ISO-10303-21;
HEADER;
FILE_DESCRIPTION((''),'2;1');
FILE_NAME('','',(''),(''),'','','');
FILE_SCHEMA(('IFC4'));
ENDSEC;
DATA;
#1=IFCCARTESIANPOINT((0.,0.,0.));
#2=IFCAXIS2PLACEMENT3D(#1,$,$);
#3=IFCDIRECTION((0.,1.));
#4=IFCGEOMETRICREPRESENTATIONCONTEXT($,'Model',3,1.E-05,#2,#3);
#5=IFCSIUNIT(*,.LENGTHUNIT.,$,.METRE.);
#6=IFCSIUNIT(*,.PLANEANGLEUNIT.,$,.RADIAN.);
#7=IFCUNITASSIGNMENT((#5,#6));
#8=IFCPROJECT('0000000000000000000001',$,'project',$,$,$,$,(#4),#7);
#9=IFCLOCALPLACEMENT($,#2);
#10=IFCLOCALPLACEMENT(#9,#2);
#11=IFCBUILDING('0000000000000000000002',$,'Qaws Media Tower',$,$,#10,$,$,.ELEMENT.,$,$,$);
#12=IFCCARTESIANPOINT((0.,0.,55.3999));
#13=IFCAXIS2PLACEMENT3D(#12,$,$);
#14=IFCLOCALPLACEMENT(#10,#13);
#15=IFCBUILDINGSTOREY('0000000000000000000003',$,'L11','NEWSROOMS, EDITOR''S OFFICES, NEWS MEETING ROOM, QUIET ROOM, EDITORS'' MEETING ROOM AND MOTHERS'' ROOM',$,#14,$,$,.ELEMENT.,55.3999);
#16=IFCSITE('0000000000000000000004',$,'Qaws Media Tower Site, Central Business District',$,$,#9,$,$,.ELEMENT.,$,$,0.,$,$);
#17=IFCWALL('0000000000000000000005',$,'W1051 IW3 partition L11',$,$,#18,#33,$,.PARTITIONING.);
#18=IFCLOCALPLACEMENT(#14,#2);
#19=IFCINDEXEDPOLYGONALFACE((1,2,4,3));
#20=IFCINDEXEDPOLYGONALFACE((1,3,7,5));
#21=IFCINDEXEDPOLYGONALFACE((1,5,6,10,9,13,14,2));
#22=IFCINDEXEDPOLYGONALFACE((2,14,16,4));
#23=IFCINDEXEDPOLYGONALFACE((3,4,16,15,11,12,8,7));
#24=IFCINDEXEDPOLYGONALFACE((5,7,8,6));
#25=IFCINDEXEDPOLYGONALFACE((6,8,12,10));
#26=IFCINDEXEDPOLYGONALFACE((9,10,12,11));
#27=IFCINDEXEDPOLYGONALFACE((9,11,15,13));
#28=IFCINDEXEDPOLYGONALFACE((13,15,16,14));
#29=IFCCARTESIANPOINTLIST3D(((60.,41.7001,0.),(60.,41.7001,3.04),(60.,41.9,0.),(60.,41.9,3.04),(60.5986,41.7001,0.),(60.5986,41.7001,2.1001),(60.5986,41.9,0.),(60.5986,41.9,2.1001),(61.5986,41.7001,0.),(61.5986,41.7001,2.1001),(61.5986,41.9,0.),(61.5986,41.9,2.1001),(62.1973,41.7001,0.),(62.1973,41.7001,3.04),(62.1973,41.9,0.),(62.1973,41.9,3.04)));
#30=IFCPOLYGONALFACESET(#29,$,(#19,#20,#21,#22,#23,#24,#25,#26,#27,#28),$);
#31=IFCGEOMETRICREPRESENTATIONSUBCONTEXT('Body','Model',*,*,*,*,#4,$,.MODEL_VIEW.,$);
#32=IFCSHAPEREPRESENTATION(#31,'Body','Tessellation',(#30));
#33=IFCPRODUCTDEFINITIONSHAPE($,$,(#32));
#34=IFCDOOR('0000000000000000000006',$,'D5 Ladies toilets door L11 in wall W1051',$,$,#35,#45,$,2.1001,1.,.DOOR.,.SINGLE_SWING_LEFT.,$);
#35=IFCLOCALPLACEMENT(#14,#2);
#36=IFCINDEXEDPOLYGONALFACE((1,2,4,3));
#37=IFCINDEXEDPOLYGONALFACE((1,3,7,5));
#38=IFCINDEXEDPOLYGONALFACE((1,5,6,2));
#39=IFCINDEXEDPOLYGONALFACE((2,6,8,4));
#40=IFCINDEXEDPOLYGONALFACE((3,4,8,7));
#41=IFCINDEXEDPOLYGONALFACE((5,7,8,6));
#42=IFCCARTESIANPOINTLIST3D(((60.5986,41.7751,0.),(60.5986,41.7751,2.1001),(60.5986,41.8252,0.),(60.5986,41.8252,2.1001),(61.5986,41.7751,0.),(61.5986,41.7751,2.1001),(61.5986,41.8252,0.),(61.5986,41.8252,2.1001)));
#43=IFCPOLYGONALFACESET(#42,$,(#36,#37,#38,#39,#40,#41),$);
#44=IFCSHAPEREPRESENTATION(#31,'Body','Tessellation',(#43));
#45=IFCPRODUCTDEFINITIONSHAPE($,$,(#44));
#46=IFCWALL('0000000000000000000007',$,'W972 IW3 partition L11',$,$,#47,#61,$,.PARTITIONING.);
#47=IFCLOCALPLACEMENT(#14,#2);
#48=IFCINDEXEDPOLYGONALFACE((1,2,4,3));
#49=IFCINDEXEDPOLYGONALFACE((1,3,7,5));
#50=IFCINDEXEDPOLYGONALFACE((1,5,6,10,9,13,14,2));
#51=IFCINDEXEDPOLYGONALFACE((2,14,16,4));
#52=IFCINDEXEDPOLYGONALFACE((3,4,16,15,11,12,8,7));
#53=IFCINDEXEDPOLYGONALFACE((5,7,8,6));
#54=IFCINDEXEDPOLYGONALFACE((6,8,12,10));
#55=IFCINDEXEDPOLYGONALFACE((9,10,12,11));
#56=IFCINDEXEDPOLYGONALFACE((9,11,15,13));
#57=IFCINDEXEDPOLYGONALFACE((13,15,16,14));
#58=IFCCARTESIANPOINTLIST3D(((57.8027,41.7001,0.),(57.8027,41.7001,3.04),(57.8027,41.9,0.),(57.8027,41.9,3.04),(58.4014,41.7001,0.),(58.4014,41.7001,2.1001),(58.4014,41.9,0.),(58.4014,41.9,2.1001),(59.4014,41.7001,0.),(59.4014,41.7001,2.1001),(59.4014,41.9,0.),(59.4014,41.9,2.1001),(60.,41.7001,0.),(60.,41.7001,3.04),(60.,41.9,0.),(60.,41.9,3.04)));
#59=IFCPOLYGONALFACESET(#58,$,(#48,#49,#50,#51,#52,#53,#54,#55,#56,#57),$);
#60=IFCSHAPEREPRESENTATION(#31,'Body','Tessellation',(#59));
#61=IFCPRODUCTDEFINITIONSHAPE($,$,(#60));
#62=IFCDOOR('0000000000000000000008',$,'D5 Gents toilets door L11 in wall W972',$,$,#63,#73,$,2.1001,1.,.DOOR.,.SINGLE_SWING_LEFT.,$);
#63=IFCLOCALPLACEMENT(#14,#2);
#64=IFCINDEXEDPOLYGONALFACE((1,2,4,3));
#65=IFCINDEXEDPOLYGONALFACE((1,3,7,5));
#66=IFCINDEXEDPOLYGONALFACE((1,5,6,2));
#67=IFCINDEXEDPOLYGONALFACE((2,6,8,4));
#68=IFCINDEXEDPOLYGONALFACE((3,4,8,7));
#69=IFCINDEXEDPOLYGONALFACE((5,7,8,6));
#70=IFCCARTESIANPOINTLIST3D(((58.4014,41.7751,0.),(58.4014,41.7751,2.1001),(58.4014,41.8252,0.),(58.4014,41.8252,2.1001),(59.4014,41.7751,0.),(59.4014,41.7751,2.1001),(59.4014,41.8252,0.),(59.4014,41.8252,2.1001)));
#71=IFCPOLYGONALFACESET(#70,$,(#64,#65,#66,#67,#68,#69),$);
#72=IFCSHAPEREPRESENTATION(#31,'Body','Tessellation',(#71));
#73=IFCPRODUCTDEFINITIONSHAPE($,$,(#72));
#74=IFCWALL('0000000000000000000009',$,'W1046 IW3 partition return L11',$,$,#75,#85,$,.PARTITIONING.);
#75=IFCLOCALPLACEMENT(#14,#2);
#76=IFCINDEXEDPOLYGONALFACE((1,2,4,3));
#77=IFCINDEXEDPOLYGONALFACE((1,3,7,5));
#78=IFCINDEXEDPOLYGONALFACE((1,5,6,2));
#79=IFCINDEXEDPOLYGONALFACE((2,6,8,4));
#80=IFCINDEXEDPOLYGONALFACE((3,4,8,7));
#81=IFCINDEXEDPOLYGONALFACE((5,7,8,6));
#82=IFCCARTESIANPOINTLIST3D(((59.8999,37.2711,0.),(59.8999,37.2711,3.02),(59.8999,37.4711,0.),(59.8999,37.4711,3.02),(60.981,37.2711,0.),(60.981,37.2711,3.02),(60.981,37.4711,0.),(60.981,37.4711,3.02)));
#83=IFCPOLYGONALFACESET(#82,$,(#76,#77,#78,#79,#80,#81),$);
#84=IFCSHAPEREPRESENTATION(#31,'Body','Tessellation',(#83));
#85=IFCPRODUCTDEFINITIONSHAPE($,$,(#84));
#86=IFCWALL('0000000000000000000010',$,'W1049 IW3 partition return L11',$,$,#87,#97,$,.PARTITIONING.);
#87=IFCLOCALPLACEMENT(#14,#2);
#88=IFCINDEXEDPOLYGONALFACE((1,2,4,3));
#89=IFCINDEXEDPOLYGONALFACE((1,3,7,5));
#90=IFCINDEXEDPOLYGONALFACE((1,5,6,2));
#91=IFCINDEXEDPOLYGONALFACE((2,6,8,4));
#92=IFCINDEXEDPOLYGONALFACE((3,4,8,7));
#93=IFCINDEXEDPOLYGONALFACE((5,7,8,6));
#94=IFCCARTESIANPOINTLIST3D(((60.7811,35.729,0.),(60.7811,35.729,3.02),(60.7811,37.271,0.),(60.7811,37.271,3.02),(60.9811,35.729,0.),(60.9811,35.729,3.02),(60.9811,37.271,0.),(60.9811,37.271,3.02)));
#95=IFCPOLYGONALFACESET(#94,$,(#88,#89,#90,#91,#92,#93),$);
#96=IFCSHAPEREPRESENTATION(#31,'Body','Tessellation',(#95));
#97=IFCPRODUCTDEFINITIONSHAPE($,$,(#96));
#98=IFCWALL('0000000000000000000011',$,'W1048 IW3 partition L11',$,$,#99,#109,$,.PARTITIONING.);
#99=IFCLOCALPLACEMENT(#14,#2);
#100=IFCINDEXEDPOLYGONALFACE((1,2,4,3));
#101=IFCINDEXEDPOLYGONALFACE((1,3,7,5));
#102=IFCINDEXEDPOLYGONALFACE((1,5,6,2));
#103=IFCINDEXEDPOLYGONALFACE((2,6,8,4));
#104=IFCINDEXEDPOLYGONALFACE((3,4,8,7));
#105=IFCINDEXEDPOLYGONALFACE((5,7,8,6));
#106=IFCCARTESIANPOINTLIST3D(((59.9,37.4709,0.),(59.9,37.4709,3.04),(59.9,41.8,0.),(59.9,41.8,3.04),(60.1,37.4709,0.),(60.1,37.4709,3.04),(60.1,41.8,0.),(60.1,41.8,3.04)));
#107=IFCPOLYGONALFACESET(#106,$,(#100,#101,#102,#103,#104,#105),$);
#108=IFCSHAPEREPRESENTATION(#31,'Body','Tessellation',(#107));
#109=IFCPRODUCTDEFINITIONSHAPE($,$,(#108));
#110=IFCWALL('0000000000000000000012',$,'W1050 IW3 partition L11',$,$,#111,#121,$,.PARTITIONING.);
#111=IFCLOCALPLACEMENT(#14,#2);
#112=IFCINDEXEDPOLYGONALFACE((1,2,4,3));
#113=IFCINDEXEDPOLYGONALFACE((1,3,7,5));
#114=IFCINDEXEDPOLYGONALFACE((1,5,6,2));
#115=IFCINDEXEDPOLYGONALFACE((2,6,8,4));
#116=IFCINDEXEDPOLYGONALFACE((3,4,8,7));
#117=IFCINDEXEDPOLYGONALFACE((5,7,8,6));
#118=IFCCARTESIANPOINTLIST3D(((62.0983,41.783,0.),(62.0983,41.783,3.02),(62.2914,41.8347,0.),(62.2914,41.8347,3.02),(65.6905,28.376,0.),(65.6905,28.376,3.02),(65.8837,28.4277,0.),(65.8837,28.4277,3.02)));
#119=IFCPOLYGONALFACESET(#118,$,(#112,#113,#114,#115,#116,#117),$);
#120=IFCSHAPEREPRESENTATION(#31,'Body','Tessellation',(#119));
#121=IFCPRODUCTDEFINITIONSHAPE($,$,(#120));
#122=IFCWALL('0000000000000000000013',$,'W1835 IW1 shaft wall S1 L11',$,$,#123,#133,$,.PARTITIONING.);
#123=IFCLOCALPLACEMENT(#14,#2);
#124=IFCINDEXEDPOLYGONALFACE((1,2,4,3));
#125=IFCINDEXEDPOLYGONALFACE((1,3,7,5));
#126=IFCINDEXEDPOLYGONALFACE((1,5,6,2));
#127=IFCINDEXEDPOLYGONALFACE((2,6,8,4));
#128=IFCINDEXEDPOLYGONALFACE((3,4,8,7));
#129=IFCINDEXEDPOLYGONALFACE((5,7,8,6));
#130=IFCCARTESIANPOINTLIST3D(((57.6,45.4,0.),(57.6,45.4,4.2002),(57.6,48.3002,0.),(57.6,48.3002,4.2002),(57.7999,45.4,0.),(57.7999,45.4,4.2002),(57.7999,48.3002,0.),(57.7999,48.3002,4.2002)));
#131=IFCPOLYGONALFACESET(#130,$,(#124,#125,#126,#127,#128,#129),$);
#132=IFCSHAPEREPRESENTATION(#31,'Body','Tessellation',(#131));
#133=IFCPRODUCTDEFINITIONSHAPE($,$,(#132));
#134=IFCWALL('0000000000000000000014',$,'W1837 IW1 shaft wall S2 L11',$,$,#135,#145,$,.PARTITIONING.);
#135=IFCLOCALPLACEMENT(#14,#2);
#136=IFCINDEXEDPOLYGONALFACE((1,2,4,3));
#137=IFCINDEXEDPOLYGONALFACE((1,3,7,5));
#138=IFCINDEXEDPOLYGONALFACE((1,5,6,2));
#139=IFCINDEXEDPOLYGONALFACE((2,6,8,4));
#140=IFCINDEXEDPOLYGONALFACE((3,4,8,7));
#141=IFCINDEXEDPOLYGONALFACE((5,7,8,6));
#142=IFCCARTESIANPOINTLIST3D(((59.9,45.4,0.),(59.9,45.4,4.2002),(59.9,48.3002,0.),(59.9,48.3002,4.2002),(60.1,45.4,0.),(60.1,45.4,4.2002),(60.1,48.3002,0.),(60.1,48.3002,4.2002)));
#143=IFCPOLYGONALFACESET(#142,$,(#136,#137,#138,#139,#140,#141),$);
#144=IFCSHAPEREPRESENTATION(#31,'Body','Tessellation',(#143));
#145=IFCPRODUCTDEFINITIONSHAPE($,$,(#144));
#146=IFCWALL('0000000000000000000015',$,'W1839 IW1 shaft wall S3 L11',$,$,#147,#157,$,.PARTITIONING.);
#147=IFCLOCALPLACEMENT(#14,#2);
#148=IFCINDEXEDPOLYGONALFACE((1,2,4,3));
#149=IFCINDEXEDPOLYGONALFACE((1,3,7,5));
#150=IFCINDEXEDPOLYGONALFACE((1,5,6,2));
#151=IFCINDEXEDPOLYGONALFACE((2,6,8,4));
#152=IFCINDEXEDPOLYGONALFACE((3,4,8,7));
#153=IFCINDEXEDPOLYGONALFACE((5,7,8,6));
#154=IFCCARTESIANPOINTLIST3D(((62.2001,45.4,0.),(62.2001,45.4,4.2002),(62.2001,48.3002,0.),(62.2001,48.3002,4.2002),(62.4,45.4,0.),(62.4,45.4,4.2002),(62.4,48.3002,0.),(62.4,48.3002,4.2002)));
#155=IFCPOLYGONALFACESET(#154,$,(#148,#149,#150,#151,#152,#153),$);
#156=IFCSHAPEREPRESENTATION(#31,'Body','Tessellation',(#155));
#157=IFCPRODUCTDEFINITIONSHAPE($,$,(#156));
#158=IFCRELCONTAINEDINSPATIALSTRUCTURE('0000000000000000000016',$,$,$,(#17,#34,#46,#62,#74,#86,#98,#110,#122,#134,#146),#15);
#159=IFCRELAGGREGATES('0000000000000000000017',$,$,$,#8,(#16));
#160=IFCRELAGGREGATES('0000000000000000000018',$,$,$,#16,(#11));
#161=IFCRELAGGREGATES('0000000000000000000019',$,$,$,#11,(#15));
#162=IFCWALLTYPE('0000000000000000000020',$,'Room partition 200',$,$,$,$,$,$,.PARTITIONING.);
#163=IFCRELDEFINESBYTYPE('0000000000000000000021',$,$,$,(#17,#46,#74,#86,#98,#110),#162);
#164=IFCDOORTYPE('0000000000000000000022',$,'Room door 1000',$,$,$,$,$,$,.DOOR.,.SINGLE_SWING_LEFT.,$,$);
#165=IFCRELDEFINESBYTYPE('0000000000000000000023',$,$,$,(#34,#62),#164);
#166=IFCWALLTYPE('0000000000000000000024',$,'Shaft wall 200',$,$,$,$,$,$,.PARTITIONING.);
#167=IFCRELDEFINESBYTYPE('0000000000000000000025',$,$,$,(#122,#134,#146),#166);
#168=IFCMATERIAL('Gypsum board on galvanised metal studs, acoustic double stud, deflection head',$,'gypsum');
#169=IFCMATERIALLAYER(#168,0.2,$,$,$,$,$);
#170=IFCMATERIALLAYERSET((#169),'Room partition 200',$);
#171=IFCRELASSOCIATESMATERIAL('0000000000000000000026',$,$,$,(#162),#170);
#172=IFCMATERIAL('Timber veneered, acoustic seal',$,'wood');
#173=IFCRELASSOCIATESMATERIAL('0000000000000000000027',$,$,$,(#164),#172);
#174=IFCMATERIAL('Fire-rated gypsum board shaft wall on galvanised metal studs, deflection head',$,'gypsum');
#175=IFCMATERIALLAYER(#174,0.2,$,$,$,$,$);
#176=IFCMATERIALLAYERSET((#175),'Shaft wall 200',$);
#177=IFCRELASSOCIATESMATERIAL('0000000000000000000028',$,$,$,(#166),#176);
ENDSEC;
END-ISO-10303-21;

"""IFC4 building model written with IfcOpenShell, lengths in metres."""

from ifc_helpers import new_model, si_unit, direction, frame, frame_2d, origin, place, context, subcontext, project, spatial, rectangle, extrude, material, layer, layer_set, type_object, element, fill, save


model = new_model("IFC4")

# Units and contexts
model_context = context("Model", 3, precision=1e-05, world=origin(), true_north=direction((0.0, 1.0)))
body_context = subcontext(model_context, "Body", "Model", "MODEL_VIEW")
ifc_project = project(units=[si_unit("LENGTHUNIT", "METRE"), si_unit("PLANEANGLEUNIT", "RADIAN")], contexts=[model_context])

# Site, building, storey
site_placement = place(None, origin())
site = spatial("IfcSite", under=ifc_project, at=site_placement, Name="Qaws Media Tower Site, Central Business District", CompositionType="ELEMENT", RefElevation=0.0)
building_placement = place(site_placement, origin())
building = spatial("IfcBuilding", under=site, at=building_placement, Name="Qaws Media Tower", CompositionType="ELEMENT")
storey_placement = place(building_placement, frame((0.0, 0.0, 55.3999)))
storey = spatial("IfcBuildingStorey", under=building, at=storey_placement, Name="L11", Description="NEWSROOMS, EDITOR'S OFFICES, NEWS MEETING ROOM, QUIET ROOM, EDITORS' MEETING ROOM AND MOTHERS' ROOM", CompositionType="ELEMENT", Elevation=55.3999)

# Walls, openings, doors
ifc_material_1 = material(Name="Gypsum board on galvanised metal studs, acoustic double stud, deflection head", Category="gypsum")
ifc_layer_1 = layer(ifc_material_1, 0.2)
ifc_layer_set_1 = layer_set([ifc_layer_1], Name="Room partition 200")
wall_type_1 = type_object("IfcWallType", Name="Room partition 200", PredefinedType="PARTITIONING", material=ifc_layer_set_1)
wall_1_placement = place(storey_placement, frame((62.1973, 41.8, 0.0), z_axis=(0.0, 0.0, 1.0), x_axis=(-1.0, 0.0, 0.0)))
wall_1 = element("IfcWall", 1, at=wall_1_placement, inside=storey, type_object=wall_type_1, Name="W1051 IW3 partition L11", PredefinedType="PARTITIONING", context=body_context, shape_type="SweptSolid", body=[
    extrude(rectangle(XDim=2.1973, YDim=0.2, at=frame_2d((1.0986, 0.0))), origin(), (0.0, 0.0, 1.0), 3.04),
])
opening_1_placement = place(wall_1_placement, frame((0.5986, 0.0, 0.0)))
opening_1 = element("IfcOpeningElement", 2, at=opening_1_placement, cuts=wall_1, PredefinedType="OPENING", context=body_context, shape_type="SweptSolid", body=[
    extrude(rectangle(XDim=1.0, YDim=2.1001, at=frame_2d((0.5, 1.05))), frame((0.0, 0.1099, 0.0), z_axis=(0.0, -1.0, 0.0), x_axis=(1.0, 0.0, 0.0)), (0.0, 0.0, 1.0), 0.22),
])
ifc_material_2 = material(Name="Timber veneered, acoustic seal", Category="wood")
door_type_1 = type_object("IfcDoorType", Name="Room door 1000", OperationType="SINGLE_SWING_LEFT", PredefinedType="DOOR", material=ifc_material_2)
door_1_placement = place(opening_1_placement, origin())
door_1 = element("IfcDoor", 3, at=door_1_placement, inside=storey, type_object=door_type_1, Name="D5 Ladies toilets door L11 in wall W1051", OperationType="SINGLE_SWING_LEFT", OverallHeight=2.1001, OverallWidth=1.0, PredefinedType="DOOR", context=body_context, shape_type="SweptSolid", body=[
    extrude(rectangle(XDim=1.0, YDim=2.1001, at=frame_2d((0.5, 1.05))), frame((0.0, 0.0249, 0.0), z_axis=(0.0, -1.0, 0.0), x_axis=(1.0, 0.0, 0.0)), (0.0, 0.0, 1.0), 0.05),
])
fill(opening_1, door_1)
wall_2_placement = place(storey_placement, frame((60.0, 41.8, 0.0), z_axis=(0.0, 0.0, 1.0), x_axis=(-1.0, 0.0, 0.0)))
wall_2 = element("IfcWall", 4, at=wall_2_placement, inside=storey, type_object=wall_type_1, Name="W972 IW3 partition L11", PredefinedType="PARTITIONING", context=body_context, shape_type="SweptSolid", body=[
    extrude(rectangle(XDim=2.1973, YDim=0.2, at=frame_2d((1.0986, 0.0))), origin(), (0.0, 0.0, 1.0), 3.04),
])
opening_2_placement = place(wall_2_placement, frame((0.5986, 0.0, 0.0)))
opening_2 = element("IfcOpeningElement", 5, at=opening_2_placement, cuts=wall_2, PredefinedType="OPENING", context=body_context, shape_type="SweptSolid", body=[
    extrude(rectangle(XDim=1.0, YDim=2.1001, at=frame_2d((0.5, 1.05))), frame((0.0, 0.1099, 0.0), z_axis=(0.0, -1.0, 0.0), x_axis=(1.0, 0.0, 0.0)), (0.0, 0.0, 1.0), 0.22),
])
door_2_placement = place(opening_2_placement, origin())
door_2 = element("IfcDoor", 6, at=door_2_placement, inside=storey, type_object=door_type_1, Name="D5 Gents toilets door L11 in wall W972", OperationType="SINGLE_SWING_LEFT", OverallHeight=2.1001, OverallWidth=1.0, PredefinedType="DOOR", context=body_context, shape_type="SweptSolid", body=[
    extrude(rectangle(XDim=1.0, YDim=2.1001, at=frame_2d((0.5, 1.05))), frame((0.0, 0.0249, 0.0), z_axis=(0.0, -1.0, 0.0), x_axis=(1.0, 0.0, 0.0)), (0.0, 0.0, 1.0), 0.05),
])
fill(opening_2, door_2)

# Walls
wall_3_placement = place(storey_placement, frame((59.8999, 37.3711, 0.0), z_axis=(0.0, 0.0, 1.0), x_axis=(1.0, 0.0, 0.0)))
element("IfcWall", 7, at=wall_3_placement, inside=storey, type_object=wall_type_1, Name="W1046 IW3 partition return L11", PredefinedType="PARTITIONING", context=body_context, shape_type="SweptSolid", body=[
    extrude(rectangle(XDim=1.0811, YDim=0.2, at=frame_2d((0.5405, 0.0))), origin(), (0.0, 0.0, 1.0), 3.02),
])
wall_4_placement = place(storey_placement, frame((60.8811, 37.271, 0.0), z_axis=(0.0, 0.0, 1.0), x_axis=(0.0, -1.0, 0.0)))
element("IfcWall", 8, at=wall_4_placement, inside=storey, type_object=wall_type_1, Name="W1049 IW3 partition return L11", PredefinedType="PARTITIONING", context=body_context, shape_type="SweptSolid", body=[
    extrude(rectangle(XDim=1.542, YDim=0.2, at=frame_2d((0.771, 0.0))), origin(), (0.0, 0.0, 1.0), 3.02),
])
wall_5_placement = place(storey_placement, frame((60.0, 41.8, 0.0), z_axis=(0.0, 0.0, 1.0), x_axis=(0.0, -1.0, 0.0)))
element("IfcWall", 9, at=wall_5_placement, inside=storey, type_object=wall_type_1, Name="W1048 IW3 partition L11", PredefinedType="PARTITIONING", context=body_context, shape_type="SweptSolid", body=[
    extrude(rectangle(XDim=4.3291, YDim=0.2, at=frame_2d((2.1646, 0.0))), origin(), (0.0, 0.0, 1.0), 3.04),
])
wall_6_placement = place(storey_placement, frame((62.1948, 41.8088, 0.0), z_axis=(0.0, 0.0, 1.0), x_axis=(0.258812, -0.965928, 0.0)))
element("IfcWall", 10, at=wall_6_placement, inside=storey, type_object=wall_type_1, Name="W1050 IW3 partition L11", PredefinedType="PARTITIONING", context=body_context, shape_type="SweptSolid", body=[
    extrude(rectangle(XDim=13.8799, YDim=0.2, at=frame_2d((6.9399, 0.0))), origin(), (0.0, 0.0, 1.0), 3.02),
])
ifc_material_3 = material(Name="Fire-rated gypsum board shaft wall on galvanised metal studs, deflection head", Category="gypsum")
ifc_layer_2 = layer(ifc_material_3, 0.2)
ifc_layer_set_2 = layer_set([ifc_layer_2], Name="Shaft wall 200")
wall_type_2 = type_object("IfcWallType", Name="Shaft wall 200", PredefinedType="PARTITIONING", material=ifc_layer_set_2)
for number, where, z_axis, x_axis, name in (
    (11, (57.7, 45.3999, 0.0), (0.0, 0.0, 1.0), (0.0, 1.0, 0.0), "W1835 IW1 shaft wall S1 L11"),
    (12, (60.0, 45.3999, 0.0), (0.0, 0.0, 1.0), (0.0, 1.0, 0.0), "W1837 IW1 shaft wall S2 L11"),
    (13, (62.3, 45.3999, 0.0), (0.0, 0.0, 1.0), (0.0, 1.0, 0.0), "W1839 IW1 shaft wall S3 L11"),
):
    element("IfcWall", number, at=place(storey_placement, frame(where, z_axis=z_axis, x_axis=x_axis)), inside=storey, type_object=wall_type_2, Name=name, PredefinedType="PARTITIONING", context=body_context, shape_type="SweptSolid", body=[
        extrude(rectangle(XDim=2.9001, YDim=0.2, at=frame_2d((1.4502, 0.0))), origin(), (0.0, 0.0, 1.0), 4.2002),
    ])

save(model, "model.ifc")
